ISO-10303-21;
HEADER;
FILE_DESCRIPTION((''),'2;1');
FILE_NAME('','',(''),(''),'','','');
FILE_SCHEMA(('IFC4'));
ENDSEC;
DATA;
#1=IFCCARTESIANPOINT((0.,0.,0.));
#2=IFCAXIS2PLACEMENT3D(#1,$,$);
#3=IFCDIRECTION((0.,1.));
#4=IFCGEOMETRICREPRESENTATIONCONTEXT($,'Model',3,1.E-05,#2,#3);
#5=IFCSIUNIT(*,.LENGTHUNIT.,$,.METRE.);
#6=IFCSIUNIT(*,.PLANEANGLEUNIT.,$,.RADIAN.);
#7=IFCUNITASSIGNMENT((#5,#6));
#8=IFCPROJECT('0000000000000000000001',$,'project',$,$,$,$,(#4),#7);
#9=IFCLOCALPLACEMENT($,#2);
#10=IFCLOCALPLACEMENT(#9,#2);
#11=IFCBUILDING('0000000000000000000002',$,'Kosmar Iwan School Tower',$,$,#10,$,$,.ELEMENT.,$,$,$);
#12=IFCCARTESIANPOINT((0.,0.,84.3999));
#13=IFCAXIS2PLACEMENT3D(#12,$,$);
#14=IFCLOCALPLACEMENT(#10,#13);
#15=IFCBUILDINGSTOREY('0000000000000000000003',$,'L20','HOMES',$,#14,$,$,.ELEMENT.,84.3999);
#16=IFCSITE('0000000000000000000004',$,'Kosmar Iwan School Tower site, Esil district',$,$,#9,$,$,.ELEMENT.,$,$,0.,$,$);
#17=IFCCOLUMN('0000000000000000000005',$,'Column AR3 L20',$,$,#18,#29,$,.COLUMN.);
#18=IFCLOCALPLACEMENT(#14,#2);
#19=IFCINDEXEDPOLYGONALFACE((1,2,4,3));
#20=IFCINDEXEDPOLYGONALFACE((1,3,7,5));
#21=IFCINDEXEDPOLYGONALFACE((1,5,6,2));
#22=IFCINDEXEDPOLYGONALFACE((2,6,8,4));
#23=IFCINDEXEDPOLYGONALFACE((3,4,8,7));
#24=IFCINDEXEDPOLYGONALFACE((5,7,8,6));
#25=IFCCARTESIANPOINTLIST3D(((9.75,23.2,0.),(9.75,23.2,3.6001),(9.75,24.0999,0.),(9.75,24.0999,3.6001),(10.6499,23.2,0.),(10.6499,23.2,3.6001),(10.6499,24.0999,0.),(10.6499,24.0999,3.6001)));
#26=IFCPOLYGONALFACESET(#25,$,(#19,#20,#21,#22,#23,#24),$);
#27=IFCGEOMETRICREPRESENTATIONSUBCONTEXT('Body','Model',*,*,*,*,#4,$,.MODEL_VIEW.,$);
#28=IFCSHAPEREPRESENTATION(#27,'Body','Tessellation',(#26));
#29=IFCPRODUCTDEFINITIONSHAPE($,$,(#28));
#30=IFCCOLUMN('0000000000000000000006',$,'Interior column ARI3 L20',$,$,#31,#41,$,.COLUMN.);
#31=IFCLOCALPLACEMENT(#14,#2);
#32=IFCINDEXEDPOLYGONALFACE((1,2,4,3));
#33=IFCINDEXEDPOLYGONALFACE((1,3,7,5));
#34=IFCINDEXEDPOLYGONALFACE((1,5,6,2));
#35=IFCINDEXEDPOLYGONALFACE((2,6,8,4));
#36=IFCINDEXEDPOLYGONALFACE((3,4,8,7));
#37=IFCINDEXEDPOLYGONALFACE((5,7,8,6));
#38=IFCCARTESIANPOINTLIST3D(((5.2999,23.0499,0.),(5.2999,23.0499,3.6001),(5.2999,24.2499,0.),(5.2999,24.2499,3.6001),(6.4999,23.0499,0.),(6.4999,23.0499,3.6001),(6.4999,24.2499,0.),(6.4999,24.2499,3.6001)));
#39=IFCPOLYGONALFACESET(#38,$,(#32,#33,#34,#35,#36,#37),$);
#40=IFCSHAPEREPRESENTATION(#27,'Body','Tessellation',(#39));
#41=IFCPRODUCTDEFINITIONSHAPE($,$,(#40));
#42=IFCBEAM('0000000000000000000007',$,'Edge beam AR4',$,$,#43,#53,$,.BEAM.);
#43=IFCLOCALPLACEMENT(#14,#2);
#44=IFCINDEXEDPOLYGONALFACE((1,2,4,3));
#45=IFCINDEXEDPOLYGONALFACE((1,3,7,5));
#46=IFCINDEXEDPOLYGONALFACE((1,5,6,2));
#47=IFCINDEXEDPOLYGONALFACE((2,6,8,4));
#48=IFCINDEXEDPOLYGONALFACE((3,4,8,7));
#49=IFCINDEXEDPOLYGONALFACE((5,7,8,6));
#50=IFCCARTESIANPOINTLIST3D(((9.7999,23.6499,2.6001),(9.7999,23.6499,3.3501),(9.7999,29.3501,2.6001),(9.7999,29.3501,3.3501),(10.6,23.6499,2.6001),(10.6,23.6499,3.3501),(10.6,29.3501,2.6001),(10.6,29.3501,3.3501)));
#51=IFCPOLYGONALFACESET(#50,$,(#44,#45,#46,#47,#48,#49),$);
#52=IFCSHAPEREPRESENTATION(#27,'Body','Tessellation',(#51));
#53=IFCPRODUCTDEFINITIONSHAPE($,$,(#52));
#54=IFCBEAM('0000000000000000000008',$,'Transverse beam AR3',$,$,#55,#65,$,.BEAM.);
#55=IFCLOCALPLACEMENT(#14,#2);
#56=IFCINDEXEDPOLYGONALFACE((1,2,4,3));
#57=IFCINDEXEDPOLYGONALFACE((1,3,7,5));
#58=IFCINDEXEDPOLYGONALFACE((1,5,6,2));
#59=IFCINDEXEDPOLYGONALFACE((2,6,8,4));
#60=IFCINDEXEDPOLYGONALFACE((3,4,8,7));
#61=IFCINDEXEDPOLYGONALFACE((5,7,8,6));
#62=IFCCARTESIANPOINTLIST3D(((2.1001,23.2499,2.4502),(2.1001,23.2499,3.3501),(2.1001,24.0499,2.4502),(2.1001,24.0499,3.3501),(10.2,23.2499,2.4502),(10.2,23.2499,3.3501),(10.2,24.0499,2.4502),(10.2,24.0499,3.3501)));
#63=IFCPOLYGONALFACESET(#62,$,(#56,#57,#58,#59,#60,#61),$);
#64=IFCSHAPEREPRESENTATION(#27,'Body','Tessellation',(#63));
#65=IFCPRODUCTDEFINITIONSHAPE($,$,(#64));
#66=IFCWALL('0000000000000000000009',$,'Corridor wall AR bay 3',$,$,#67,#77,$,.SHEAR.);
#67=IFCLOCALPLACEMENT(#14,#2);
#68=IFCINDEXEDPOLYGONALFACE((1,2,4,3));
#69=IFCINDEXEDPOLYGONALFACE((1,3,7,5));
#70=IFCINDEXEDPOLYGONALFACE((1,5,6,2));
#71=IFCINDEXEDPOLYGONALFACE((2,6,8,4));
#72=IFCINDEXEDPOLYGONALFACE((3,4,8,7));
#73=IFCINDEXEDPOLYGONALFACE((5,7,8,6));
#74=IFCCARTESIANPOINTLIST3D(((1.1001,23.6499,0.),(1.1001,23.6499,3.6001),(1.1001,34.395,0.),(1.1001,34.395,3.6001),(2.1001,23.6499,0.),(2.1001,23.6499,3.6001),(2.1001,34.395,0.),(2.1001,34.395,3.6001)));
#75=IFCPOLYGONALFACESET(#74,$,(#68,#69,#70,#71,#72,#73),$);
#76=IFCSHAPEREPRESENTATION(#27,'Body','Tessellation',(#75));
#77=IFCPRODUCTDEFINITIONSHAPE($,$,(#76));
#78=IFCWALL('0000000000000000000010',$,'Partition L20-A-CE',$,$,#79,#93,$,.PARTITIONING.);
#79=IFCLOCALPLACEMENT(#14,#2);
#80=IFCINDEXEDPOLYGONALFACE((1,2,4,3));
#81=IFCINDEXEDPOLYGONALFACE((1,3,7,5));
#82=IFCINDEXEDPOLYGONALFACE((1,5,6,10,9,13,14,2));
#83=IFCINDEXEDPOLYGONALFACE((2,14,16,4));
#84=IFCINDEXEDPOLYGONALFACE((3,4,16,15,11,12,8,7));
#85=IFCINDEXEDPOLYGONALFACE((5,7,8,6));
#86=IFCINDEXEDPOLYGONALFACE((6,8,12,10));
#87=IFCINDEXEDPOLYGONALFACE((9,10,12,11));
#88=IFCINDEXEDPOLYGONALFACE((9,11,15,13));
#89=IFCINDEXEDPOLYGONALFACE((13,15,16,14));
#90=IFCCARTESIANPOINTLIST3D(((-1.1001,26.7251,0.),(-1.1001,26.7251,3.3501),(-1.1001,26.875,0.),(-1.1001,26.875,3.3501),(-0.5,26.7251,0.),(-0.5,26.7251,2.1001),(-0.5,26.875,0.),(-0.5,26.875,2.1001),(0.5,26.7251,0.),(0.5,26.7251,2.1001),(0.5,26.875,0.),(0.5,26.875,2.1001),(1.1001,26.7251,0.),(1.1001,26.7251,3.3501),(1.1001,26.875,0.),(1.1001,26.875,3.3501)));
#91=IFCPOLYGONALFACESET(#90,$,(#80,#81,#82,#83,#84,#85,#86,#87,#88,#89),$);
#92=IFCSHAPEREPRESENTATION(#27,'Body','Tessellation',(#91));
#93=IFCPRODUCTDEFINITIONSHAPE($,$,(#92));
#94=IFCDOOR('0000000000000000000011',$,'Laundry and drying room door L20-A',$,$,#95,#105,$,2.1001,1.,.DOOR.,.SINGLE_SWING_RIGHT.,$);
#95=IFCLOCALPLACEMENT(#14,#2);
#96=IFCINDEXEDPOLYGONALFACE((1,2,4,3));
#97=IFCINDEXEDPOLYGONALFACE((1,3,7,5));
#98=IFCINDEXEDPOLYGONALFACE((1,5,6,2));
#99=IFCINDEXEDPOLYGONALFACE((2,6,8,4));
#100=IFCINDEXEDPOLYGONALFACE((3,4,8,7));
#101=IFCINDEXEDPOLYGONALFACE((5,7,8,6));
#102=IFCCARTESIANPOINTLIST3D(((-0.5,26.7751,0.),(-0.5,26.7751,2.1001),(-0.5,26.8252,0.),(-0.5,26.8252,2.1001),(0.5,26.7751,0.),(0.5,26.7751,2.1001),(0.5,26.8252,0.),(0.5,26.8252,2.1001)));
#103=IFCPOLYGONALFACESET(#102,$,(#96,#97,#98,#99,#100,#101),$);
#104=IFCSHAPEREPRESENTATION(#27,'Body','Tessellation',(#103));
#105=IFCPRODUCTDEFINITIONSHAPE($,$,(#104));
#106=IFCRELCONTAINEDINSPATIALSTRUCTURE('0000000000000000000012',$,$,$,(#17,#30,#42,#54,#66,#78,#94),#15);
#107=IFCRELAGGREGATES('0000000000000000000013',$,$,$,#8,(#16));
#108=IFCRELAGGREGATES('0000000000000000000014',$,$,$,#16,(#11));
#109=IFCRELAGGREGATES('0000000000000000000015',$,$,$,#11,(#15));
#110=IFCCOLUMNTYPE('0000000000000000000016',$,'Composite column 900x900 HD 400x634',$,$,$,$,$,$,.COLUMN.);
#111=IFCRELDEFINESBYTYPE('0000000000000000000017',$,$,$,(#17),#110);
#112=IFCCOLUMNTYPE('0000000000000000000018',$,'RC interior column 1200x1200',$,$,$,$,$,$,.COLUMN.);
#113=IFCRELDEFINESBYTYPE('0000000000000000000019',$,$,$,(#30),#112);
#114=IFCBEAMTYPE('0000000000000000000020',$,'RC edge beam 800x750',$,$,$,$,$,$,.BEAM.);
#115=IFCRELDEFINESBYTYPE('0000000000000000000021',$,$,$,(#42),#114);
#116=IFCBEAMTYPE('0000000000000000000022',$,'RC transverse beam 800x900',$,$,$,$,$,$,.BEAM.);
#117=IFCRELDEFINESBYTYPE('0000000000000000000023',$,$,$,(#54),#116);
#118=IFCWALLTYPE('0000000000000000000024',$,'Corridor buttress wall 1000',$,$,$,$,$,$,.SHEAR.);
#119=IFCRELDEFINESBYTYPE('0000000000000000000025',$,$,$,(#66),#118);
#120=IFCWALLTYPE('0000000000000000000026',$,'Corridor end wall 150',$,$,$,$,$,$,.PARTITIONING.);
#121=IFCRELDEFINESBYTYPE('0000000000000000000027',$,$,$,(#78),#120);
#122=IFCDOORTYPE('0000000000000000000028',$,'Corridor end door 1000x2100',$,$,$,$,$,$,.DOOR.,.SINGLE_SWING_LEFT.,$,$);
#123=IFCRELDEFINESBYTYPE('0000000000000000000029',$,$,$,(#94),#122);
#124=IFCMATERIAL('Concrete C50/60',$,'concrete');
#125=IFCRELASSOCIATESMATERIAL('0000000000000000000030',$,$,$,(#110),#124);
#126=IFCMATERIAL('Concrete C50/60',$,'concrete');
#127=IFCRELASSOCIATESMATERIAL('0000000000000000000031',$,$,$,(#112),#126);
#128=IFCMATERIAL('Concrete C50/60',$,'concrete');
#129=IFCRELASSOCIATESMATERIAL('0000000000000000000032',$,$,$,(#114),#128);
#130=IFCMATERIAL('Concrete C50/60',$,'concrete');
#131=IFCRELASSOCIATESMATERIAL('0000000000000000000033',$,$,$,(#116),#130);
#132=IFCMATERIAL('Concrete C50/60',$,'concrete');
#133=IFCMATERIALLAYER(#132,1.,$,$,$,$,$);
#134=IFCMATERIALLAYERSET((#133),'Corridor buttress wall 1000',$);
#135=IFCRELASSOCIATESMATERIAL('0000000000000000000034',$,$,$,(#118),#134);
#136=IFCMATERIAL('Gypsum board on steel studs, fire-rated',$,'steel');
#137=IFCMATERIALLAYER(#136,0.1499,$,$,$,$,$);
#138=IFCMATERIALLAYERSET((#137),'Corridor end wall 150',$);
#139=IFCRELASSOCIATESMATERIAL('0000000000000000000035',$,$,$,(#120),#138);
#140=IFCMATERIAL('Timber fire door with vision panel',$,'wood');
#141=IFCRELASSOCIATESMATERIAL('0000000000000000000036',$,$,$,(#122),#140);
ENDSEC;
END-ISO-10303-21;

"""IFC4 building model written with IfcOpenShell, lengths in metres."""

from ifc_helpers import new_model, si_unit, direction, frame, frame_2d, origin, origin_2d, place, context, subcontext, project, spatial, rectangle, extrude, material, layer, layer_set, material_profile, profile_set, type_object, element, fill, save


model = new_model("IFC4")

# Units and contexts
model_context = context("Model", 3, precision=1e-05, world=origin(), true_north=direction((0.0, 1.0)))
body_context = subcontext(model_context, "Body", "Model", "MODEL_VIEW")
ifc_project = project(units=[si_unit("LENGTHUNIT", "METRE"), si_unit("PLANEANGLEUNIT", "RADIAN")], contexts=[model_context])

# Site, building, storey
site_placement = place(None, origin())
site = spatial("IfcSite", under=ifc_project, at=site_placement, Name="Kosmar Iwan School Tower site, Esil district", CompositionType="ELEMENT", RefElevation=0.0)
building_placement = place(site_placement, origin())
building = spatial("IfcBuilding", under=site, at=building_placement, Name="Kosmar Iwan School Tower", CompositionType="ELEMENT")
storey_placement = place(building_placement, frame((0.0, 0.0, 84.3999)))
storey = spatial("IfcBuildingStorey", under=building, at=storey_placement, Name="L20", Description="HOMES", CompositionType="ELEMENT", Elevation=84.3999)

# Columns
ifc_material_1 = material(Name="Concrete C50/60", Category="concrete")
ifc_material_profile_1 = material_profile(ifc_material_1, rectangle(XDim=0.8999, YDim=0.8999, at=origin_2d()), Name="RC 900x900 + HD 400x634")
ifc_profile_set_1 = profile_set([ifc_material_profile_1], Name="Concrete C50/60")
column_type_1 = type_object("IfcColumnType", Name="Composite column 900x900 HD 400x634", PredefinedType="COLUMN", material=ifc_profile_set_1)
column_1_placement = place(storey_placement, frame((10.2, 23.6499, 0.0), z_axis=(0.0, 0.0, 1.0), x_axis=(0.0, 1.0, 0.0)))
element("IfcColumn", 1, at=column_1_placement, inside=storey, type_object=column_type_1, Name="Column AR3 L20", PredefinedType="COLUMN", context=body_context, shape_type="SweptSolid", body=[
    extrude(rectangle(XDim=0.8999, YDim=0.8999, at=origin_2d()), origin(), (0.0, 0.0, 1.0), 3.6001),
])
ifc_material_2 = material(Name="Concrete C50/60", Category="concrete")
ifc_material_profile_2 = material_profile(ifc_material_2, rectangle(XDim=1.2, YDim=1.2, at=origin_2d()), Name="RC 1200x1200")
ifc_profile_set_2 = profile_set([ifc_material_profile_2], Name="Concrete C50/60")
column_type_2 = type_object("IfcColumnType", Name="RC interior column 1200x1200", PredefinedType="COLUMN", material=ifc_profile_set_2)
column_2_placement = place(storey_placement, frame((5.8999, 23.6499, 0.0), z_axis=(0.0, 0.0, 1.0), x_axis=(0.0, 1.0, 0.0)))
element("IfcColumn", 2, at=column_2_placement, inside=storey, type_object=column_type_2, Name="Interior column ARI3 L20", PredefinedType="COLUMN", context=body_context, shape_type="SweptSolid", body=[
    extrude(rectangle(XDim=1.2, YDim=1.2, at=origin_2d()), origin(), (0.0, 0.0, 1.0), 3.6001),
])

# Beams
ifc_material_3 = material(Name="Concrete C50/60", Category="concrete")
ifc_material_profile_3 = material_profile(ifc_material_3, rectangle(XDim=0.8, YDim=0.75, at=origin_2d()), Name="RC 800x750")
ifc_profile_set_3 = profile_set([ifc_material_profile_3], Name="Concrete C50/60")
beam_type_1 = type_object("IfcBeamType", Name="RC edge beam 800x750", PredefinedType="BEAM", material=ifc_profile_set_3)
beam_1_placement = place(storey_placement, frame((10.2, 23.6499, 2.9751), z_axis=(0.0, 1.0, 0.0), x_axis=(-1.0, 0.0, 0.0)))
element("IfcBeam", 3, at=beam_1_placement, inside=storey, type_object=beam_type_1, Name="Edge beam AR4", PredefinedType="BEAM", context=body_context, shape_type="SweptSolid", body=[
    extrude(rectangle(XDim=0.8, YDim=0.75, at=origin_2d()), origin(), (0.0, 0.0, 1.0), 5.7002),
])
ifc_material_4 = material(Name="Concrete C50/60", Category="concrete")
ifc_material_profile_4 = material_profile(ifc_material_4, rectangle(XDim=0.8, YDim=0.8999, at=origin_2d()), Name="RC 800x900")
ifc_profile_set_4 = profile_set([ifc_material_profile_4], Name="Concrete C50/60")
beam_type_2 = type_object("IfcBeamType", Name="RC transverse beam 800x900", PredefinedType="BEAM", material=ifc_profile_set_4)
beam_2_placement = place(storey_placement, frame((10.2, 23.6499, 2.9001), z_axis=(-1.0, 0.0, 0.0), x_axis=(0.0, -1.0, 0.0)))
element("IfcBeam", 4, at=beam_2_placement, inside=storey, type_object=beam_type_2, Name="Transverse beam AR3", PredefinedType="BEAM", context=body_context, shape_type="SweptSolid", body=[
    extrude(rectangle(XDim=0.8, YDim=0.8999, at=origin_2d()), origin(), (0.0, 0.0, 1.0), 8.0999),
])

# Wall
ifc_material_5 = material(Name="Concrete C50/60", Category="concrete")
ifc_layer_1 = layer(ifc_material_5, 1.0)
ifc_layer_set_1 = layer_set([ifc_layer_1], Name="Corridor buttress wall 1000")
wall_type_1 = type_object("IfcWallType", Name="Corridor buttress wall 1000", PredefinedType="SHEAR", material=ifc_layer_set_1)
wall_1_placement = place(storey_placement, frame((1.6001, 23.6499, 0.0), z_axis=(0.0, 0.0, 1.0), x_axis=(0.0, 1.0, 0.0)))
element("IfcWall", 5, at=wall_1_placement, inside=storey, type_object=wall_type_1, Name="Corridor wall AR bay 3", PredefinedType="SHEAR", context=body_context, shape_type="SweptSolid", body=[
    extrude(rectangle(XDim=10.7451, YDim=1.0, at=frame_2d((5.3726, 0.0))), origin(), (0.0, 0.0, 1.0), 3.6001),
])

# Wall, opening, door
ifc_material_6 = material(Name="Gypsum board on steel studs, fire-rated", Category="steel")
ifc_layer_2 = layer(ifc_material_6, 0.1499)
ifc_layer_set_2 = layer_set([ifc_layer_2], Name="Corridor end wall 150")
wall_type_2 = type_object("IfcWallType", Name="Corridor end wall 150", PredefinedType="PARTITIONING", material=ifc_layer_set_2)
wall_2_placement = place(storey_placement, frame((1.1001, 26.8, 0.0), z_axis=(0.0, 0.0, 1.0), x_axis=(-1.0, 0.0, 0.0)))
wall_2 = element("IfcWall", 6, at=wall_2_placement, inside=storey, type_object=wall_type_2, Name="Partition L20-A-CE", PredefinedType="PARTITIONING", context=body_context, shape_type="SweptSolid", body=[
    extrude(rectangle(XDim=2.2002, YDim=0.1499, at=frame_2d((1.1001, 0.0))), origin(), (0.0, 0.0, 1.0), 3.3501),
])
opening_1_placement = place(wall_2_placement, frame((0.6001, 0.0, 0.0)))
opening_1 = element("IfcOpeningElement", 7, at=opening_1_placement, cuts=wall_2, PredefinedType="OPENING", context=body_context, shape_type="SweptSolid", body=[
    extrude(rectangle(XDim=1.0, YDim=2.1001, at=frame_2d((0.5, 1.05))), frame((0.0, 0.0869, 0.0), z_axis=(0.0, -1.0, 0.0), x_axis=(1.0, 0.0, 0.0)), (0.0, 0.0, 1.0), 0.1738),
])
ifc_material_7 = material(Name="Timber fire door with vision panel", Category="wood")
door_type_1 = type_object("IfcDoorType", Name="Corridor end door 1000x2100", OperationType="SINGLE_SWING_LEFT", PredefinedType="DOOR", material=ifc_material_7)
door_1_placement = place(opening_1_placement, origin())
door_1 = element("IfcDoor", 8, at=door_1_placement, inside=storey, type_object=door_type_1, Name="Laundry and drying room door L20-A", OperationType="SINGLE_SWING_RIGHT", OverallHeight=2.1001, OverallWidth=1.0, PredefinedType="DOOR", context=body_context, shape_type="SweptSolid", body=[
    extrude(rectangle(XDim=1.0, YDim=2.1001, at=frame_2d((0.5, 1.05))), frame((0.0, 0.0249, 0.0), z_axis=(0.0, -1.0, 0.0), x_axis=(1.0, 0.0, 0.0)), (0.0, 0.0, 1.0), 0.05),
])
fill(opening_1, door_1)

save(model, "model.ifc")
